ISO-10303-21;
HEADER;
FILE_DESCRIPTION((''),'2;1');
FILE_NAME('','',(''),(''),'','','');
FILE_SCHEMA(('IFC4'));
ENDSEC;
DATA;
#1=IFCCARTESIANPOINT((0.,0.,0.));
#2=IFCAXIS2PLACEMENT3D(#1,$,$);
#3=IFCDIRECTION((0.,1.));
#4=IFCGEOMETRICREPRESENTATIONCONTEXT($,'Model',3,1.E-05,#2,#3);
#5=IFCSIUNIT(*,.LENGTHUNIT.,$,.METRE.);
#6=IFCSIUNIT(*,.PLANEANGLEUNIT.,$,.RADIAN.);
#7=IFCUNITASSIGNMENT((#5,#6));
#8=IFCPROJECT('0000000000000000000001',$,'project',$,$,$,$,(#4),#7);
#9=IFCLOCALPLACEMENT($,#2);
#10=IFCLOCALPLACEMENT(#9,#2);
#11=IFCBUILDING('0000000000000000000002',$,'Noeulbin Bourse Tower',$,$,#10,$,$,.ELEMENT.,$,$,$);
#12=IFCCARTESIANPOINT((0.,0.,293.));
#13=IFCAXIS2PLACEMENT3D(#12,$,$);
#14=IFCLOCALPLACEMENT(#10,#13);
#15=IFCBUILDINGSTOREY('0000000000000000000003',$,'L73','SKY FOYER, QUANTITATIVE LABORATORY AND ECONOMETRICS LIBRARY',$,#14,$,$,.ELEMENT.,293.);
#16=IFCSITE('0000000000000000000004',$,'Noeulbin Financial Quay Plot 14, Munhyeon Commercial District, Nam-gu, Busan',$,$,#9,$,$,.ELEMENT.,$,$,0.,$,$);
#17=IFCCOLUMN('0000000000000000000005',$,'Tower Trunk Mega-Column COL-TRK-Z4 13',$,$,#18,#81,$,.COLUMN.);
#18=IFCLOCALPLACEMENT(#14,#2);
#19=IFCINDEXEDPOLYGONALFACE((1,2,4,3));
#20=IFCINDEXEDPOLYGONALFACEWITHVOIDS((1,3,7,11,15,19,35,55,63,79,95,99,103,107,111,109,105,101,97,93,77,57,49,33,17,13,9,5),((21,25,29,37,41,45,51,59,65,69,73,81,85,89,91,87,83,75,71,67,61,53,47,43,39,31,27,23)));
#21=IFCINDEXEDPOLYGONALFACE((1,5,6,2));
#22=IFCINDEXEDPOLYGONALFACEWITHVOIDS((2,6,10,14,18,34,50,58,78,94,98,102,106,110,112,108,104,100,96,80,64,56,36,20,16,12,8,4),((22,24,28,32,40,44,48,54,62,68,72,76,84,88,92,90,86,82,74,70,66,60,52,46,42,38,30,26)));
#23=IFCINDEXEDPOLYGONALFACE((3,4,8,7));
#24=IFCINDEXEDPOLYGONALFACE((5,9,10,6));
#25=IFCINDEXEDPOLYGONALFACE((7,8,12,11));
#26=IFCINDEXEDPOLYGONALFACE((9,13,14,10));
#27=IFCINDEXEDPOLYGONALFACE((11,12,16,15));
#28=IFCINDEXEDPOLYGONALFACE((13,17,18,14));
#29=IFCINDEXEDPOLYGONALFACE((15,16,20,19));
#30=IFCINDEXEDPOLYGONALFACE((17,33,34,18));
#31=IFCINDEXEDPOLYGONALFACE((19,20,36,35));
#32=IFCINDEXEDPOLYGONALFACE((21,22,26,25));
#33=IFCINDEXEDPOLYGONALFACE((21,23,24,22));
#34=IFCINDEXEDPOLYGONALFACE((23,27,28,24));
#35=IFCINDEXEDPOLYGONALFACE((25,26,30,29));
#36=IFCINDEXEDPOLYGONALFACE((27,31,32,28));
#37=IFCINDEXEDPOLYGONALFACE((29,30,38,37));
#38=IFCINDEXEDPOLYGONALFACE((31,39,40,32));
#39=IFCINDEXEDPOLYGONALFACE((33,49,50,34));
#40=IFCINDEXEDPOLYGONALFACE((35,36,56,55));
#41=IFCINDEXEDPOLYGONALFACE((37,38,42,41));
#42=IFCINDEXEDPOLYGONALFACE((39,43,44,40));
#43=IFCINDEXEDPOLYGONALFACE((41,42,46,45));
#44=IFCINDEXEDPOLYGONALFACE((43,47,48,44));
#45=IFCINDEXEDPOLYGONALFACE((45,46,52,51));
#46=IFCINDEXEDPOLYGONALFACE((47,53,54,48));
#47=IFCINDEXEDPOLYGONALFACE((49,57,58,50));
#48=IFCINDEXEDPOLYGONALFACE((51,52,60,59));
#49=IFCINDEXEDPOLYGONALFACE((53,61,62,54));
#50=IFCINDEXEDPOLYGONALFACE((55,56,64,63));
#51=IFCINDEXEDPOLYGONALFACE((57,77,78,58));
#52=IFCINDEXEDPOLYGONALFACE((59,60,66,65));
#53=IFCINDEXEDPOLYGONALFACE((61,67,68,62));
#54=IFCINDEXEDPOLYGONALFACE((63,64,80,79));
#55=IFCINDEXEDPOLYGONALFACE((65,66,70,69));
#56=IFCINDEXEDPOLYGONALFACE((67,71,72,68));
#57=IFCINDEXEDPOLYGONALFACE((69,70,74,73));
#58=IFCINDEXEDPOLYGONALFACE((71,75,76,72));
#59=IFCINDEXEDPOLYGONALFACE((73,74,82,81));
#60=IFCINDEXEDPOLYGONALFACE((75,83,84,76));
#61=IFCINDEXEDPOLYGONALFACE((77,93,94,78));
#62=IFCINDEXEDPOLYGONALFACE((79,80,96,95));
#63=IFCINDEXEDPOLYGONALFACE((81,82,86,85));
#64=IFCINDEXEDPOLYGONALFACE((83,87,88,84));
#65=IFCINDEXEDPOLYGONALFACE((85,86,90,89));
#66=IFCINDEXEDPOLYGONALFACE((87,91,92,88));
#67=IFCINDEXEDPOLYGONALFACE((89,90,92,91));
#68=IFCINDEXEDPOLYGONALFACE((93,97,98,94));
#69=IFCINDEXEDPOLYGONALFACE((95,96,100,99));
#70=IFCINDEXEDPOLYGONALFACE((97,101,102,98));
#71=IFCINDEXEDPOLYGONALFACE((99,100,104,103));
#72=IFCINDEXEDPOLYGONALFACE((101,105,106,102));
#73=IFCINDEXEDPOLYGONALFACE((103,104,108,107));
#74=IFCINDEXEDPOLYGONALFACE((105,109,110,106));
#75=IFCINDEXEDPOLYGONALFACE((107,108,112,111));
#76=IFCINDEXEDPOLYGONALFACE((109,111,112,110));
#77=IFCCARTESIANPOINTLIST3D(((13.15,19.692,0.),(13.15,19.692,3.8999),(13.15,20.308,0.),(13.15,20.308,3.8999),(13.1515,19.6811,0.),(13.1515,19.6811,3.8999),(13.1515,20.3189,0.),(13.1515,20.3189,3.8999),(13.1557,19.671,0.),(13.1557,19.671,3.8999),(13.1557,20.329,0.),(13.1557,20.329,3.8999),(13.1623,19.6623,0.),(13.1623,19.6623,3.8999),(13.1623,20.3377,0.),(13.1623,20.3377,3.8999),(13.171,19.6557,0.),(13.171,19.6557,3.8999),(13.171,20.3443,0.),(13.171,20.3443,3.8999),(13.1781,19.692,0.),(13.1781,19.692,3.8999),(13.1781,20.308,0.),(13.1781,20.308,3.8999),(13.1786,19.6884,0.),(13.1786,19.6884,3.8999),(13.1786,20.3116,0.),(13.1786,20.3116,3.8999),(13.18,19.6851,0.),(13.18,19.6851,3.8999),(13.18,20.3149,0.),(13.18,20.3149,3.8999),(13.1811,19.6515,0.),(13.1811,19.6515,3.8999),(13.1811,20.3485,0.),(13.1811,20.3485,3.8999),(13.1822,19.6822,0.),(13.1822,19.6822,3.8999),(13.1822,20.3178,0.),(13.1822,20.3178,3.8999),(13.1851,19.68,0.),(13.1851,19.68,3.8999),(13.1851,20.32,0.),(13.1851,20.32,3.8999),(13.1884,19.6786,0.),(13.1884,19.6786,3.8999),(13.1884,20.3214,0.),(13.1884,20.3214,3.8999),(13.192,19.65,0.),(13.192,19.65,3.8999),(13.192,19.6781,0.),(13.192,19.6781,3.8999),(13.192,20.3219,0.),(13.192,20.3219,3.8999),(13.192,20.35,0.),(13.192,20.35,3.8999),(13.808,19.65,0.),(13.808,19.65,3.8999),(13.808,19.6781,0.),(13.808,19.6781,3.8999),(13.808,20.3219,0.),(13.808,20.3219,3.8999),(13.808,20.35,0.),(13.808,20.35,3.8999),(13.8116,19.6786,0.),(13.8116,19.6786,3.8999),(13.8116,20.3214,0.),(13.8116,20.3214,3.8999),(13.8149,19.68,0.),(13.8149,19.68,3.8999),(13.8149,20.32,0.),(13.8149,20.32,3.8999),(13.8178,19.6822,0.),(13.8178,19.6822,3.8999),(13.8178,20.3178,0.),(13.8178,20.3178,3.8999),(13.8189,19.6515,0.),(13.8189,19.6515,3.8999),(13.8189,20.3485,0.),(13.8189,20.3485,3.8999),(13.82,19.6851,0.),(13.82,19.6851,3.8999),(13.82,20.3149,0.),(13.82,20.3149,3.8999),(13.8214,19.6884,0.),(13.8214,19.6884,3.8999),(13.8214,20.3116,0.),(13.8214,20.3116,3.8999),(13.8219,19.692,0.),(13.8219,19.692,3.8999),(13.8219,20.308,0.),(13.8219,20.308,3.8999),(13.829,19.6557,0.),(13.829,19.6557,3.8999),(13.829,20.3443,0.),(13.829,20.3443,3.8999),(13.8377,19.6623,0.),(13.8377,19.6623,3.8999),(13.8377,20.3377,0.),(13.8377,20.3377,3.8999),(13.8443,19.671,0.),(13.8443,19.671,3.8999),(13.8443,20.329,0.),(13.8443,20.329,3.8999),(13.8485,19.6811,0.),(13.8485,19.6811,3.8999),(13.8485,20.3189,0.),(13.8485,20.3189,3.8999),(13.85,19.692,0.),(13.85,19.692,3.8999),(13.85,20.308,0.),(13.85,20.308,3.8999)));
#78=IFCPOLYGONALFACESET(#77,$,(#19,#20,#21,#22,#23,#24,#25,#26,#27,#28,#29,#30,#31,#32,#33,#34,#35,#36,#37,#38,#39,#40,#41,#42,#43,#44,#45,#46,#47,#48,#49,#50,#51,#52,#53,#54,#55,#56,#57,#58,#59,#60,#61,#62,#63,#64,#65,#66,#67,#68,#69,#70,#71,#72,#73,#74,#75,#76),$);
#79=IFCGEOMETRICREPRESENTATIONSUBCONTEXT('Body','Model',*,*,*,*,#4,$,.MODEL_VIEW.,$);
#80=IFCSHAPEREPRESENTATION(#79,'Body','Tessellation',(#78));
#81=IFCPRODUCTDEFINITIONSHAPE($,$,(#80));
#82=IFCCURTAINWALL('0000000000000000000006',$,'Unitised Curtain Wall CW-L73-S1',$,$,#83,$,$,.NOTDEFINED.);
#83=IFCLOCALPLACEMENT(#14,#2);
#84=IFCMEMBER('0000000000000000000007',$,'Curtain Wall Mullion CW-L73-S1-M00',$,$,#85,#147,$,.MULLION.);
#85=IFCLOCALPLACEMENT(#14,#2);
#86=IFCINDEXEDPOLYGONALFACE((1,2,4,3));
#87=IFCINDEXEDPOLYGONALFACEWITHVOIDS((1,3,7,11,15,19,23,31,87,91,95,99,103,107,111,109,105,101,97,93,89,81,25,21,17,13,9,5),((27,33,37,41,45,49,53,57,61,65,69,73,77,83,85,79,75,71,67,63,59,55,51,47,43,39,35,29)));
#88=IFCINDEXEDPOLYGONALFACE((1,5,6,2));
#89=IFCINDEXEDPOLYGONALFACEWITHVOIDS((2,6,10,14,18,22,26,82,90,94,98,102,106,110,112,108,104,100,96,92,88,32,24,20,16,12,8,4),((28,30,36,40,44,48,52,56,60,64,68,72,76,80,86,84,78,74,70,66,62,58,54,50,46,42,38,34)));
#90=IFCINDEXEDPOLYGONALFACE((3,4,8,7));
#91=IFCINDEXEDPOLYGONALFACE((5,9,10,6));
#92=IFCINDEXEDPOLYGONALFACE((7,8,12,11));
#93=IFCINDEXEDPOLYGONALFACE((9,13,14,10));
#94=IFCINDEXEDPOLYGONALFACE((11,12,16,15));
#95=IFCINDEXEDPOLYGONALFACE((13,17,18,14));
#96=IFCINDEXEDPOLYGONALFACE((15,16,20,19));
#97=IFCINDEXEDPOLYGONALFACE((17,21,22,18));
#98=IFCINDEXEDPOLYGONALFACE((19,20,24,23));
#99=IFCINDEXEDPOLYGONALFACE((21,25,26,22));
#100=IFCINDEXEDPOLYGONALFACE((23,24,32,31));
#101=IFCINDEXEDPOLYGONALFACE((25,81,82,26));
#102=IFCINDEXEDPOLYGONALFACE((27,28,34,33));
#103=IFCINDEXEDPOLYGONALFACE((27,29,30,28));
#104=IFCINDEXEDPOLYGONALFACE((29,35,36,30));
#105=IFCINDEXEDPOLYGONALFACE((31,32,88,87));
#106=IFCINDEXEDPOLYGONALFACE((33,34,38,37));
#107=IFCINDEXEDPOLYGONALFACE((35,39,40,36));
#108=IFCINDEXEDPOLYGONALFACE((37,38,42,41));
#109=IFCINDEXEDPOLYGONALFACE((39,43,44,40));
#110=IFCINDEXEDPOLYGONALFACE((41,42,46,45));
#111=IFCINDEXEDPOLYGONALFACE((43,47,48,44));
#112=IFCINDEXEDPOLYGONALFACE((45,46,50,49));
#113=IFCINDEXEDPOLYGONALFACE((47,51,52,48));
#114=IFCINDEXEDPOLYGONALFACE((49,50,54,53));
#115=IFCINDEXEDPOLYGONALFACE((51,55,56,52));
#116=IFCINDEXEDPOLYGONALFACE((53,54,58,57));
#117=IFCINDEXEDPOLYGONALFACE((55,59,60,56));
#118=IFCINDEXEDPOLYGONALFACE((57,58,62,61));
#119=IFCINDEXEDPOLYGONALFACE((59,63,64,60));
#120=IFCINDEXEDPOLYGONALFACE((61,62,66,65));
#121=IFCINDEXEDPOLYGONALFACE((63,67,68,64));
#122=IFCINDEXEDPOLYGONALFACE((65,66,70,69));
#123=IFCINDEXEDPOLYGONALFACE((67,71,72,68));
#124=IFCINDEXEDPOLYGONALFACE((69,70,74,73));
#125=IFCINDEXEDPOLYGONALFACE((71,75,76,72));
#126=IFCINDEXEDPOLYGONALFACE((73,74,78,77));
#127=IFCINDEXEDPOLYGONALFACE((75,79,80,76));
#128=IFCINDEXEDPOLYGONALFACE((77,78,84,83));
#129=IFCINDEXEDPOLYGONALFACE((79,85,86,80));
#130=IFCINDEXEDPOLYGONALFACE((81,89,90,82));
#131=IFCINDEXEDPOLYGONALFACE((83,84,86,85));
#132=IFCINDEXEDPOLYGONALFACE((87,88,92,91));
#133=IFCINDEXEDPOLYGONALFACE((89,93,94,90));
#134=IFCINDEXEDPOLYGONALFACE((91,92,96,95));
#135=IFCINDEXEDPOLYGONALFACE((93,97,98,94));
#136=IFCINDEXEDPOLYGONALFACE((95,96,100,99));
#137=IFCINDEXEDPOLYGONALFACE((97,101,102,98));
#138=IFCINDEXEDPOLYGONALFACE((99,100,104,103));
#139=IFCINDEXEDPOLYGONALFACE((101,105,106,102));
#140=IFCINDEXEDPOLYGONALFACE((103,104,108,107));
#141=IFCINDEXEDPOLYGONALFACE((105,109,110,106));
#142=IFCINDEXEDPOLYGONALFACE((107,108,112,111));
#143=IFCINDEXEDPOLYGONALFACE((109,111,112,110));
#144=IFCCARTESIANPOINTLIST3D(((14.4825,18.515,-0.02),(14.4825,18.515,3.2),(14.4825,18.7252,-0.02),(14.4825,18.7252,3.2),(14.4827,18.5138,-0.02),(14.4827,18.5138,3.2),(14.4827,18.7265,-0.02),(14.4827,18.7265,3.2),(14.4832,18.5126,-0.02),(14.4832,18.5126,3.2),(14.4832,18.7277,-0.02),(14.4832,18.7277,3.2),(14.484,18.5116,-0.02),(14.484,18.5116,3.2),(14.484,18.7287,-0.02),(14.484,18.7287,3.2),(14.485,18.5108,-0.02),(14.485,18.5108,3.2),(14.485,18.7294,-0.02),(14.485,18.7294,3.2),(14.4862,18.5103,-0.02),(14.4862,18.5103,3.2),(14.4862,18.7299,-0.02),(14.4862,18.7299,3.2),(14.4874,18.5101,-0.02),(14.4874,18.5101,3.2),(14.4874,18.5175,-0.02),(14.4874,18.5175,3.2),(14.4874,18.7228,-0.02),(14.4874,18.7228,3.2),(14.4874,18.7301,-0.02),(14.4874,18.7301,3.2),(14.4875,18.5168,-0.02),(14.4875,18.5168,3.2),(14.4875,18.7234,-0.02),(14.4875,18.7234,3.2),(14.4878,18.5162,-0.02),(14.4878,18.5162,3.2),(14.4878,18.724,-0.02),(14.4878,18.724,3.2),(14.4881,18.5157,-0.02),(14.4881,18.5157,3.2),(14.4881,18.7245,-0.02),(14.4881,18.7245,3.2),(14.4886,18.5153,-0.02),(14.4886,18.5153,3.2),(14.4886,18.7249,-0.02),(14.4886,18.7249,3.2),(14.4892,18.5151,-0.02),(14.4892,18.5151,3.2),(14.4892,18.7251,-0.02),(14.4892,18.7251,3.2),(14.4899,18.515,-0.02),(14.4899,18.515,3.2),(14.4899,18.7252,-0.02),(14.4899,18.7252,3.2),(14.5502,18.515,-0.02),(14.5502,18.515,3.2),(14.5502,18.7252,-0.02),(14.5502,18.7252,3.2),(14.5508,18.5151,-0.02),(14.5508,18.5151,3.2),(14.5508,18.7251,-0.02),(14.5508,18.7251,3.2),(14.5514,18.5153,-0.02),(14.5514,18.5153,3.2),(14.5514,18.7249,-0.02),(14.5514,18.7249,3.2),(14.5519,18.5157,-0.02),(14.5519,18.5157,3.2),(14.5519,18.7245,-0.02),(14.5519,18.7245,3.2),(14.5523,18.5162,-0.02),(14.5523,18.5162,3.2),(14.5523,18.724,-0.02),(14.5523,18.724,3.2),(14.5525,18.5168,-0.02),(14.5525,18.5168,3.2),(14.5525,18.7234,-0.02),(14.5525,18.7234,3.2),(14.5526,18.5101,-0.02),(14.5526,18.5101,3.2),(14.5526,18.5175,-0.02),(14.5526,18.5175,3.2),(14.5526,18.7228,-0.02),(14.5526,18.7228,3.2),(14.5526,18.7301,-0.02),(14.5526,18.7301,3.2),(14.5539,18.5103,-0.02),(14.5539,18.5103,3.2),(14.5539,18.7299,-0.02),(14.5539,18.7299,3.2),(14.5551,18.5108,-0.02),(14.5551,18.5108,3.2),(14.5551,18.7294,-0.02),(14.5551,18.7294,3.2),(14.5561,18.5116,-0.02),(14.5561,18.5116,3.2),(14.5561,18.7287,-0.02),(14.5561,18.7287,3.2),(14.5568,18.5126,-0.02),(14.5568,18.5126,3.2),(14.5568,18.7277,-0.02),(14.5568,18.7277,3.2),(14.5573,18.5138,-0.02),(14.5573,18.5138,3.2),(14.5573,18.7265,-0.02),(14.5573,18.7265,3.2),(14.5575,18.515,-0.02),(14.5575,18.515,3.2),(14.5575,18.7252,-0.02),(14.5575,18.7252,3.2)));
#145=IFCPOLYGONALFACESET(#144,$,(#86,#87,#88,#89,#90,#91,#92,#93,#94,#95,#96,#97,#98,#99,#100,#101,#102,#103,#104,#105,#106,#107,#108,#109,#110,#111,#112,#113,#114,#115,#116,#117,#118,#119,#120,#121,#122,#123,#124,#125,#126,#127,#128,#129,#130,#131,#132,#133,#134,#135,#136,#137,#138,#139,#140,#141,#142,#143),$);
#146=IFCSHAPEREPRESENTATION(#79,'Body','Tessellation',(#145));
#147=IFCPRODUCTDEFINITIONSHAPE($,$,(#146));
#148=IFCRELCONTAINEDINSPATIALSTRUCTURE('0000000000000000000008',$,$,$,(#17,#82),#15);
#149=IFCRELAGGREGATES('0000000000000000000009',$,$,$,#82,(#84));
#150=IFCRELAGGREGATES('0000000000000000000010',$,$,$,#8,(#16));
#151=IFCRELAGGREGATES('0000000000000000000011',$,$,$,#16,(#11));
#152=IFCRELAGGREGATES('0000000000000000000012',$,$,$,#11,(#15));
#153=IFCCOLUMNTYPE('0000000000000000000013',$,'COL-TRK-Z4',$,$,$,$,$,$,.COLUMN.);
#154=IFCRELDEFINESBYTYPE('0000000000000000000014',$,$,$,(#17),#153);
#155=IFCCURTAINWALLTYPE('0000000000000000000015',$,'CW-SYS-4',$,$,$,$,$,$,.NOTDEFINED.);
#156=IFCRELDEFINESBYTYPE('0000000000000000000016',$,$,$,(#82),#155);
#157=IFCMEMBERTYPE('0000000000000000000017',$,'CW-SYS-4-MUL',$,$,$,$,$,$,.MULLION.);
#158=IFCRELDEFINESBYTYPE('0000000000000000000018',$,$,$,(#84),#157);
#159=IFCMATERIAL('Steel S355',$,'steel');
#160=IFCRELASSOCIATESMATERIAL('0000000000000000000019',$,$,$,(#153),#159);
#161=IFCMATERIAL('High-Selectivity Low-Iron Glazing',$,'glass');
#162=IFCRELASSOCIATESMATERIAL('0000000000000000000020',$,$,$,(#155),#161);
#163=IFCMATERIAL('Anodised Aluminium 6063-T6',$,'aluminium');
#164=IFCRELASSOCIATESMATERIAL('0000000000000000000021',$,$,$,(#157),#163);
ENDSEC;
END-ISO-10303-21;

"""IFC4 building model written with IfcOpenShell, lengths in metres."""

from ifc_helpers import new_model, si_unit, direction, frame, origin, origin_2d, place, context, subcontext, project, spatial, hollow_rectangle, extrude, material, material_profile, profile_set, type_object, element, aggregate, save


model = new_model("IFC4")

# Units and contexts
model_context = context("Model", 3, precision=1e-05, world=origin(), true_north=direction((0.0, 1.0)))
body_context = subcontext(model_context, "Body", "Model", "MODEL_VIEW")
ifc_project = project(units=[si_unit("LENGTHUNIT", "METRE"), si_unit("PLANEANGLEUNIT", "RADIAN")], contexts=[model_context])

# Site, building, storey
site_placement = place(None, origin())
site = spatial("IfcSite", under=ifc_project, at=site_placement, Name="Noeulbin Financial Quay Plot 14, Munhyeon Commercial District, Nam-gu, Busan", CompositionType="ELEMENT", RefElevation=0.0)
building_placement = place(site_placement, origin())
building = spatial("IfcBuilding", under=site, at=building_placement, Name="Noeulbin Bourse Tower", CompositionType="ELEMENT")
storey_placement = place(building_placement, frame((0.0, 0.0, 293.0)))
storey = spatial("IfcBuildingStorey", under=building, at=storey_placement, Name="L73", Description="SKY FOYER, QUANTITATIVE LABORATORY AND ECONOMETRICS LIBRARY", CompositionType="ELEMENT", Elevation=293.0)

# Column
ifc_material_1 = material(Name="Steel S355", Category="steel")
ifc_material_profile_1 = material_profile(ifc_material_1, hollow_rectangle(XDim=0.7, YDim=0.7, WallThickness=0.0281, InnerFilletRadius=0.0139, OuterFilletRadius=0.042, at=origin_2d()), Name="BOX-700x700x28", Category="LoadBearing")
ifc_profile_set_1 = profile_set([ifc_material_profile_1], Name="Steel S355")
column_type = type_object("IfcColumnType", Name="COL-TRK-Z4", PredefinedType="COLUMN", material=ifc_profile_set_1)
column_placement = place(storey_placement, frame((13.5, 20.0, 0.0), z_axis=(0.0, 0.0, 1.0), x_axis=(1.0, 0.0, 0.0)))
element("IfcColumn", 1, at=column_placement, inside=storey, type_object=column_type, Name="Tower Trunk Mega-Column COL-TRK-Z4 13", PredefinedType="COLUMN", context=body_context, shape_type="SweptSolid", body=[
    extrude(hollow_rectangle(XDim=0.7, YDim=0.7, WallThickness=0.0281, InnerFilletRadius=0.0139, OuterFilletRadius=0.042, at=origin_2d()), origin(), (0.0, 0.0, 1.0), 3.8999),
])

# Curtain wall, member
ifc_material_2 = material(Name="High-Selectivity Low-Iron Glazing", Category="glass")
curtain_wall_type = type_object("IfcCurtainWallType", Name="CW-SYS-4", PredefinedType="NOTDEFINED", material=ifc_material_2)
curtain_wall_placement = place(storey_placement, origin())
curtain_wall = element("IfcCurtainWall", 2, at=curtain_wall_placement, inside=storey, type_object=curtain_wall_type, Name="Unitised Curtain Wall CW-L73-S1", PredefinedType="NOTDEFINED")
ifc_material_3 = material(Name="Anodised Aluminium 6063-T6", Category="aluminium")
ifc_material_profile_2 = material_profile(ifc_material_3, hollow_rectangle(XDim=0.075, YDim=0.22, WallThickness=0.0049, InnerFilletRadius=0.0024, OuterFilletRadius=0.0049, at=origin_2d()), Name="ALU-MULL-75x220x5", Category="LoadBearing")
ifc_profile_set_2 = profile_set([ifc_material_profile_2], Name="Anodised Aluminium 6063-T6")
member_type_1 = type_object("IfcMemberType", Name="CW-SYS-4-MUL", PredefinedType="MULLION", material=ifc_profile_set_2)
member_1_placement = place(storey_placement, frame((14.52, 18.6201, -0.02), z_axis=(0.0, 0.0, 1.0), x_axis=(1.0, 0.0, 0.0)))
member_1 = element("IfcMember", 3, at=member_1_placement, type_object=member_type_1, Name="Curtain Wall Mullion CW-L73-S1-M00", PredefinedType="MULLION", context=body_context, shape_type="SweptSolid", body=[
    extrude(hollow_rectangle(XDim=0.075, YDim=0.22, WallThickness=0.0049, InnerFilletRadius=0.0024, OuterFilletRadius=0.0049, at=origin_2d()), origin(), (0.0, 0.0, 1.0), 3.22),
])
aggregate(curtain_wall, [member_1])

save(model, "model.ifc")
